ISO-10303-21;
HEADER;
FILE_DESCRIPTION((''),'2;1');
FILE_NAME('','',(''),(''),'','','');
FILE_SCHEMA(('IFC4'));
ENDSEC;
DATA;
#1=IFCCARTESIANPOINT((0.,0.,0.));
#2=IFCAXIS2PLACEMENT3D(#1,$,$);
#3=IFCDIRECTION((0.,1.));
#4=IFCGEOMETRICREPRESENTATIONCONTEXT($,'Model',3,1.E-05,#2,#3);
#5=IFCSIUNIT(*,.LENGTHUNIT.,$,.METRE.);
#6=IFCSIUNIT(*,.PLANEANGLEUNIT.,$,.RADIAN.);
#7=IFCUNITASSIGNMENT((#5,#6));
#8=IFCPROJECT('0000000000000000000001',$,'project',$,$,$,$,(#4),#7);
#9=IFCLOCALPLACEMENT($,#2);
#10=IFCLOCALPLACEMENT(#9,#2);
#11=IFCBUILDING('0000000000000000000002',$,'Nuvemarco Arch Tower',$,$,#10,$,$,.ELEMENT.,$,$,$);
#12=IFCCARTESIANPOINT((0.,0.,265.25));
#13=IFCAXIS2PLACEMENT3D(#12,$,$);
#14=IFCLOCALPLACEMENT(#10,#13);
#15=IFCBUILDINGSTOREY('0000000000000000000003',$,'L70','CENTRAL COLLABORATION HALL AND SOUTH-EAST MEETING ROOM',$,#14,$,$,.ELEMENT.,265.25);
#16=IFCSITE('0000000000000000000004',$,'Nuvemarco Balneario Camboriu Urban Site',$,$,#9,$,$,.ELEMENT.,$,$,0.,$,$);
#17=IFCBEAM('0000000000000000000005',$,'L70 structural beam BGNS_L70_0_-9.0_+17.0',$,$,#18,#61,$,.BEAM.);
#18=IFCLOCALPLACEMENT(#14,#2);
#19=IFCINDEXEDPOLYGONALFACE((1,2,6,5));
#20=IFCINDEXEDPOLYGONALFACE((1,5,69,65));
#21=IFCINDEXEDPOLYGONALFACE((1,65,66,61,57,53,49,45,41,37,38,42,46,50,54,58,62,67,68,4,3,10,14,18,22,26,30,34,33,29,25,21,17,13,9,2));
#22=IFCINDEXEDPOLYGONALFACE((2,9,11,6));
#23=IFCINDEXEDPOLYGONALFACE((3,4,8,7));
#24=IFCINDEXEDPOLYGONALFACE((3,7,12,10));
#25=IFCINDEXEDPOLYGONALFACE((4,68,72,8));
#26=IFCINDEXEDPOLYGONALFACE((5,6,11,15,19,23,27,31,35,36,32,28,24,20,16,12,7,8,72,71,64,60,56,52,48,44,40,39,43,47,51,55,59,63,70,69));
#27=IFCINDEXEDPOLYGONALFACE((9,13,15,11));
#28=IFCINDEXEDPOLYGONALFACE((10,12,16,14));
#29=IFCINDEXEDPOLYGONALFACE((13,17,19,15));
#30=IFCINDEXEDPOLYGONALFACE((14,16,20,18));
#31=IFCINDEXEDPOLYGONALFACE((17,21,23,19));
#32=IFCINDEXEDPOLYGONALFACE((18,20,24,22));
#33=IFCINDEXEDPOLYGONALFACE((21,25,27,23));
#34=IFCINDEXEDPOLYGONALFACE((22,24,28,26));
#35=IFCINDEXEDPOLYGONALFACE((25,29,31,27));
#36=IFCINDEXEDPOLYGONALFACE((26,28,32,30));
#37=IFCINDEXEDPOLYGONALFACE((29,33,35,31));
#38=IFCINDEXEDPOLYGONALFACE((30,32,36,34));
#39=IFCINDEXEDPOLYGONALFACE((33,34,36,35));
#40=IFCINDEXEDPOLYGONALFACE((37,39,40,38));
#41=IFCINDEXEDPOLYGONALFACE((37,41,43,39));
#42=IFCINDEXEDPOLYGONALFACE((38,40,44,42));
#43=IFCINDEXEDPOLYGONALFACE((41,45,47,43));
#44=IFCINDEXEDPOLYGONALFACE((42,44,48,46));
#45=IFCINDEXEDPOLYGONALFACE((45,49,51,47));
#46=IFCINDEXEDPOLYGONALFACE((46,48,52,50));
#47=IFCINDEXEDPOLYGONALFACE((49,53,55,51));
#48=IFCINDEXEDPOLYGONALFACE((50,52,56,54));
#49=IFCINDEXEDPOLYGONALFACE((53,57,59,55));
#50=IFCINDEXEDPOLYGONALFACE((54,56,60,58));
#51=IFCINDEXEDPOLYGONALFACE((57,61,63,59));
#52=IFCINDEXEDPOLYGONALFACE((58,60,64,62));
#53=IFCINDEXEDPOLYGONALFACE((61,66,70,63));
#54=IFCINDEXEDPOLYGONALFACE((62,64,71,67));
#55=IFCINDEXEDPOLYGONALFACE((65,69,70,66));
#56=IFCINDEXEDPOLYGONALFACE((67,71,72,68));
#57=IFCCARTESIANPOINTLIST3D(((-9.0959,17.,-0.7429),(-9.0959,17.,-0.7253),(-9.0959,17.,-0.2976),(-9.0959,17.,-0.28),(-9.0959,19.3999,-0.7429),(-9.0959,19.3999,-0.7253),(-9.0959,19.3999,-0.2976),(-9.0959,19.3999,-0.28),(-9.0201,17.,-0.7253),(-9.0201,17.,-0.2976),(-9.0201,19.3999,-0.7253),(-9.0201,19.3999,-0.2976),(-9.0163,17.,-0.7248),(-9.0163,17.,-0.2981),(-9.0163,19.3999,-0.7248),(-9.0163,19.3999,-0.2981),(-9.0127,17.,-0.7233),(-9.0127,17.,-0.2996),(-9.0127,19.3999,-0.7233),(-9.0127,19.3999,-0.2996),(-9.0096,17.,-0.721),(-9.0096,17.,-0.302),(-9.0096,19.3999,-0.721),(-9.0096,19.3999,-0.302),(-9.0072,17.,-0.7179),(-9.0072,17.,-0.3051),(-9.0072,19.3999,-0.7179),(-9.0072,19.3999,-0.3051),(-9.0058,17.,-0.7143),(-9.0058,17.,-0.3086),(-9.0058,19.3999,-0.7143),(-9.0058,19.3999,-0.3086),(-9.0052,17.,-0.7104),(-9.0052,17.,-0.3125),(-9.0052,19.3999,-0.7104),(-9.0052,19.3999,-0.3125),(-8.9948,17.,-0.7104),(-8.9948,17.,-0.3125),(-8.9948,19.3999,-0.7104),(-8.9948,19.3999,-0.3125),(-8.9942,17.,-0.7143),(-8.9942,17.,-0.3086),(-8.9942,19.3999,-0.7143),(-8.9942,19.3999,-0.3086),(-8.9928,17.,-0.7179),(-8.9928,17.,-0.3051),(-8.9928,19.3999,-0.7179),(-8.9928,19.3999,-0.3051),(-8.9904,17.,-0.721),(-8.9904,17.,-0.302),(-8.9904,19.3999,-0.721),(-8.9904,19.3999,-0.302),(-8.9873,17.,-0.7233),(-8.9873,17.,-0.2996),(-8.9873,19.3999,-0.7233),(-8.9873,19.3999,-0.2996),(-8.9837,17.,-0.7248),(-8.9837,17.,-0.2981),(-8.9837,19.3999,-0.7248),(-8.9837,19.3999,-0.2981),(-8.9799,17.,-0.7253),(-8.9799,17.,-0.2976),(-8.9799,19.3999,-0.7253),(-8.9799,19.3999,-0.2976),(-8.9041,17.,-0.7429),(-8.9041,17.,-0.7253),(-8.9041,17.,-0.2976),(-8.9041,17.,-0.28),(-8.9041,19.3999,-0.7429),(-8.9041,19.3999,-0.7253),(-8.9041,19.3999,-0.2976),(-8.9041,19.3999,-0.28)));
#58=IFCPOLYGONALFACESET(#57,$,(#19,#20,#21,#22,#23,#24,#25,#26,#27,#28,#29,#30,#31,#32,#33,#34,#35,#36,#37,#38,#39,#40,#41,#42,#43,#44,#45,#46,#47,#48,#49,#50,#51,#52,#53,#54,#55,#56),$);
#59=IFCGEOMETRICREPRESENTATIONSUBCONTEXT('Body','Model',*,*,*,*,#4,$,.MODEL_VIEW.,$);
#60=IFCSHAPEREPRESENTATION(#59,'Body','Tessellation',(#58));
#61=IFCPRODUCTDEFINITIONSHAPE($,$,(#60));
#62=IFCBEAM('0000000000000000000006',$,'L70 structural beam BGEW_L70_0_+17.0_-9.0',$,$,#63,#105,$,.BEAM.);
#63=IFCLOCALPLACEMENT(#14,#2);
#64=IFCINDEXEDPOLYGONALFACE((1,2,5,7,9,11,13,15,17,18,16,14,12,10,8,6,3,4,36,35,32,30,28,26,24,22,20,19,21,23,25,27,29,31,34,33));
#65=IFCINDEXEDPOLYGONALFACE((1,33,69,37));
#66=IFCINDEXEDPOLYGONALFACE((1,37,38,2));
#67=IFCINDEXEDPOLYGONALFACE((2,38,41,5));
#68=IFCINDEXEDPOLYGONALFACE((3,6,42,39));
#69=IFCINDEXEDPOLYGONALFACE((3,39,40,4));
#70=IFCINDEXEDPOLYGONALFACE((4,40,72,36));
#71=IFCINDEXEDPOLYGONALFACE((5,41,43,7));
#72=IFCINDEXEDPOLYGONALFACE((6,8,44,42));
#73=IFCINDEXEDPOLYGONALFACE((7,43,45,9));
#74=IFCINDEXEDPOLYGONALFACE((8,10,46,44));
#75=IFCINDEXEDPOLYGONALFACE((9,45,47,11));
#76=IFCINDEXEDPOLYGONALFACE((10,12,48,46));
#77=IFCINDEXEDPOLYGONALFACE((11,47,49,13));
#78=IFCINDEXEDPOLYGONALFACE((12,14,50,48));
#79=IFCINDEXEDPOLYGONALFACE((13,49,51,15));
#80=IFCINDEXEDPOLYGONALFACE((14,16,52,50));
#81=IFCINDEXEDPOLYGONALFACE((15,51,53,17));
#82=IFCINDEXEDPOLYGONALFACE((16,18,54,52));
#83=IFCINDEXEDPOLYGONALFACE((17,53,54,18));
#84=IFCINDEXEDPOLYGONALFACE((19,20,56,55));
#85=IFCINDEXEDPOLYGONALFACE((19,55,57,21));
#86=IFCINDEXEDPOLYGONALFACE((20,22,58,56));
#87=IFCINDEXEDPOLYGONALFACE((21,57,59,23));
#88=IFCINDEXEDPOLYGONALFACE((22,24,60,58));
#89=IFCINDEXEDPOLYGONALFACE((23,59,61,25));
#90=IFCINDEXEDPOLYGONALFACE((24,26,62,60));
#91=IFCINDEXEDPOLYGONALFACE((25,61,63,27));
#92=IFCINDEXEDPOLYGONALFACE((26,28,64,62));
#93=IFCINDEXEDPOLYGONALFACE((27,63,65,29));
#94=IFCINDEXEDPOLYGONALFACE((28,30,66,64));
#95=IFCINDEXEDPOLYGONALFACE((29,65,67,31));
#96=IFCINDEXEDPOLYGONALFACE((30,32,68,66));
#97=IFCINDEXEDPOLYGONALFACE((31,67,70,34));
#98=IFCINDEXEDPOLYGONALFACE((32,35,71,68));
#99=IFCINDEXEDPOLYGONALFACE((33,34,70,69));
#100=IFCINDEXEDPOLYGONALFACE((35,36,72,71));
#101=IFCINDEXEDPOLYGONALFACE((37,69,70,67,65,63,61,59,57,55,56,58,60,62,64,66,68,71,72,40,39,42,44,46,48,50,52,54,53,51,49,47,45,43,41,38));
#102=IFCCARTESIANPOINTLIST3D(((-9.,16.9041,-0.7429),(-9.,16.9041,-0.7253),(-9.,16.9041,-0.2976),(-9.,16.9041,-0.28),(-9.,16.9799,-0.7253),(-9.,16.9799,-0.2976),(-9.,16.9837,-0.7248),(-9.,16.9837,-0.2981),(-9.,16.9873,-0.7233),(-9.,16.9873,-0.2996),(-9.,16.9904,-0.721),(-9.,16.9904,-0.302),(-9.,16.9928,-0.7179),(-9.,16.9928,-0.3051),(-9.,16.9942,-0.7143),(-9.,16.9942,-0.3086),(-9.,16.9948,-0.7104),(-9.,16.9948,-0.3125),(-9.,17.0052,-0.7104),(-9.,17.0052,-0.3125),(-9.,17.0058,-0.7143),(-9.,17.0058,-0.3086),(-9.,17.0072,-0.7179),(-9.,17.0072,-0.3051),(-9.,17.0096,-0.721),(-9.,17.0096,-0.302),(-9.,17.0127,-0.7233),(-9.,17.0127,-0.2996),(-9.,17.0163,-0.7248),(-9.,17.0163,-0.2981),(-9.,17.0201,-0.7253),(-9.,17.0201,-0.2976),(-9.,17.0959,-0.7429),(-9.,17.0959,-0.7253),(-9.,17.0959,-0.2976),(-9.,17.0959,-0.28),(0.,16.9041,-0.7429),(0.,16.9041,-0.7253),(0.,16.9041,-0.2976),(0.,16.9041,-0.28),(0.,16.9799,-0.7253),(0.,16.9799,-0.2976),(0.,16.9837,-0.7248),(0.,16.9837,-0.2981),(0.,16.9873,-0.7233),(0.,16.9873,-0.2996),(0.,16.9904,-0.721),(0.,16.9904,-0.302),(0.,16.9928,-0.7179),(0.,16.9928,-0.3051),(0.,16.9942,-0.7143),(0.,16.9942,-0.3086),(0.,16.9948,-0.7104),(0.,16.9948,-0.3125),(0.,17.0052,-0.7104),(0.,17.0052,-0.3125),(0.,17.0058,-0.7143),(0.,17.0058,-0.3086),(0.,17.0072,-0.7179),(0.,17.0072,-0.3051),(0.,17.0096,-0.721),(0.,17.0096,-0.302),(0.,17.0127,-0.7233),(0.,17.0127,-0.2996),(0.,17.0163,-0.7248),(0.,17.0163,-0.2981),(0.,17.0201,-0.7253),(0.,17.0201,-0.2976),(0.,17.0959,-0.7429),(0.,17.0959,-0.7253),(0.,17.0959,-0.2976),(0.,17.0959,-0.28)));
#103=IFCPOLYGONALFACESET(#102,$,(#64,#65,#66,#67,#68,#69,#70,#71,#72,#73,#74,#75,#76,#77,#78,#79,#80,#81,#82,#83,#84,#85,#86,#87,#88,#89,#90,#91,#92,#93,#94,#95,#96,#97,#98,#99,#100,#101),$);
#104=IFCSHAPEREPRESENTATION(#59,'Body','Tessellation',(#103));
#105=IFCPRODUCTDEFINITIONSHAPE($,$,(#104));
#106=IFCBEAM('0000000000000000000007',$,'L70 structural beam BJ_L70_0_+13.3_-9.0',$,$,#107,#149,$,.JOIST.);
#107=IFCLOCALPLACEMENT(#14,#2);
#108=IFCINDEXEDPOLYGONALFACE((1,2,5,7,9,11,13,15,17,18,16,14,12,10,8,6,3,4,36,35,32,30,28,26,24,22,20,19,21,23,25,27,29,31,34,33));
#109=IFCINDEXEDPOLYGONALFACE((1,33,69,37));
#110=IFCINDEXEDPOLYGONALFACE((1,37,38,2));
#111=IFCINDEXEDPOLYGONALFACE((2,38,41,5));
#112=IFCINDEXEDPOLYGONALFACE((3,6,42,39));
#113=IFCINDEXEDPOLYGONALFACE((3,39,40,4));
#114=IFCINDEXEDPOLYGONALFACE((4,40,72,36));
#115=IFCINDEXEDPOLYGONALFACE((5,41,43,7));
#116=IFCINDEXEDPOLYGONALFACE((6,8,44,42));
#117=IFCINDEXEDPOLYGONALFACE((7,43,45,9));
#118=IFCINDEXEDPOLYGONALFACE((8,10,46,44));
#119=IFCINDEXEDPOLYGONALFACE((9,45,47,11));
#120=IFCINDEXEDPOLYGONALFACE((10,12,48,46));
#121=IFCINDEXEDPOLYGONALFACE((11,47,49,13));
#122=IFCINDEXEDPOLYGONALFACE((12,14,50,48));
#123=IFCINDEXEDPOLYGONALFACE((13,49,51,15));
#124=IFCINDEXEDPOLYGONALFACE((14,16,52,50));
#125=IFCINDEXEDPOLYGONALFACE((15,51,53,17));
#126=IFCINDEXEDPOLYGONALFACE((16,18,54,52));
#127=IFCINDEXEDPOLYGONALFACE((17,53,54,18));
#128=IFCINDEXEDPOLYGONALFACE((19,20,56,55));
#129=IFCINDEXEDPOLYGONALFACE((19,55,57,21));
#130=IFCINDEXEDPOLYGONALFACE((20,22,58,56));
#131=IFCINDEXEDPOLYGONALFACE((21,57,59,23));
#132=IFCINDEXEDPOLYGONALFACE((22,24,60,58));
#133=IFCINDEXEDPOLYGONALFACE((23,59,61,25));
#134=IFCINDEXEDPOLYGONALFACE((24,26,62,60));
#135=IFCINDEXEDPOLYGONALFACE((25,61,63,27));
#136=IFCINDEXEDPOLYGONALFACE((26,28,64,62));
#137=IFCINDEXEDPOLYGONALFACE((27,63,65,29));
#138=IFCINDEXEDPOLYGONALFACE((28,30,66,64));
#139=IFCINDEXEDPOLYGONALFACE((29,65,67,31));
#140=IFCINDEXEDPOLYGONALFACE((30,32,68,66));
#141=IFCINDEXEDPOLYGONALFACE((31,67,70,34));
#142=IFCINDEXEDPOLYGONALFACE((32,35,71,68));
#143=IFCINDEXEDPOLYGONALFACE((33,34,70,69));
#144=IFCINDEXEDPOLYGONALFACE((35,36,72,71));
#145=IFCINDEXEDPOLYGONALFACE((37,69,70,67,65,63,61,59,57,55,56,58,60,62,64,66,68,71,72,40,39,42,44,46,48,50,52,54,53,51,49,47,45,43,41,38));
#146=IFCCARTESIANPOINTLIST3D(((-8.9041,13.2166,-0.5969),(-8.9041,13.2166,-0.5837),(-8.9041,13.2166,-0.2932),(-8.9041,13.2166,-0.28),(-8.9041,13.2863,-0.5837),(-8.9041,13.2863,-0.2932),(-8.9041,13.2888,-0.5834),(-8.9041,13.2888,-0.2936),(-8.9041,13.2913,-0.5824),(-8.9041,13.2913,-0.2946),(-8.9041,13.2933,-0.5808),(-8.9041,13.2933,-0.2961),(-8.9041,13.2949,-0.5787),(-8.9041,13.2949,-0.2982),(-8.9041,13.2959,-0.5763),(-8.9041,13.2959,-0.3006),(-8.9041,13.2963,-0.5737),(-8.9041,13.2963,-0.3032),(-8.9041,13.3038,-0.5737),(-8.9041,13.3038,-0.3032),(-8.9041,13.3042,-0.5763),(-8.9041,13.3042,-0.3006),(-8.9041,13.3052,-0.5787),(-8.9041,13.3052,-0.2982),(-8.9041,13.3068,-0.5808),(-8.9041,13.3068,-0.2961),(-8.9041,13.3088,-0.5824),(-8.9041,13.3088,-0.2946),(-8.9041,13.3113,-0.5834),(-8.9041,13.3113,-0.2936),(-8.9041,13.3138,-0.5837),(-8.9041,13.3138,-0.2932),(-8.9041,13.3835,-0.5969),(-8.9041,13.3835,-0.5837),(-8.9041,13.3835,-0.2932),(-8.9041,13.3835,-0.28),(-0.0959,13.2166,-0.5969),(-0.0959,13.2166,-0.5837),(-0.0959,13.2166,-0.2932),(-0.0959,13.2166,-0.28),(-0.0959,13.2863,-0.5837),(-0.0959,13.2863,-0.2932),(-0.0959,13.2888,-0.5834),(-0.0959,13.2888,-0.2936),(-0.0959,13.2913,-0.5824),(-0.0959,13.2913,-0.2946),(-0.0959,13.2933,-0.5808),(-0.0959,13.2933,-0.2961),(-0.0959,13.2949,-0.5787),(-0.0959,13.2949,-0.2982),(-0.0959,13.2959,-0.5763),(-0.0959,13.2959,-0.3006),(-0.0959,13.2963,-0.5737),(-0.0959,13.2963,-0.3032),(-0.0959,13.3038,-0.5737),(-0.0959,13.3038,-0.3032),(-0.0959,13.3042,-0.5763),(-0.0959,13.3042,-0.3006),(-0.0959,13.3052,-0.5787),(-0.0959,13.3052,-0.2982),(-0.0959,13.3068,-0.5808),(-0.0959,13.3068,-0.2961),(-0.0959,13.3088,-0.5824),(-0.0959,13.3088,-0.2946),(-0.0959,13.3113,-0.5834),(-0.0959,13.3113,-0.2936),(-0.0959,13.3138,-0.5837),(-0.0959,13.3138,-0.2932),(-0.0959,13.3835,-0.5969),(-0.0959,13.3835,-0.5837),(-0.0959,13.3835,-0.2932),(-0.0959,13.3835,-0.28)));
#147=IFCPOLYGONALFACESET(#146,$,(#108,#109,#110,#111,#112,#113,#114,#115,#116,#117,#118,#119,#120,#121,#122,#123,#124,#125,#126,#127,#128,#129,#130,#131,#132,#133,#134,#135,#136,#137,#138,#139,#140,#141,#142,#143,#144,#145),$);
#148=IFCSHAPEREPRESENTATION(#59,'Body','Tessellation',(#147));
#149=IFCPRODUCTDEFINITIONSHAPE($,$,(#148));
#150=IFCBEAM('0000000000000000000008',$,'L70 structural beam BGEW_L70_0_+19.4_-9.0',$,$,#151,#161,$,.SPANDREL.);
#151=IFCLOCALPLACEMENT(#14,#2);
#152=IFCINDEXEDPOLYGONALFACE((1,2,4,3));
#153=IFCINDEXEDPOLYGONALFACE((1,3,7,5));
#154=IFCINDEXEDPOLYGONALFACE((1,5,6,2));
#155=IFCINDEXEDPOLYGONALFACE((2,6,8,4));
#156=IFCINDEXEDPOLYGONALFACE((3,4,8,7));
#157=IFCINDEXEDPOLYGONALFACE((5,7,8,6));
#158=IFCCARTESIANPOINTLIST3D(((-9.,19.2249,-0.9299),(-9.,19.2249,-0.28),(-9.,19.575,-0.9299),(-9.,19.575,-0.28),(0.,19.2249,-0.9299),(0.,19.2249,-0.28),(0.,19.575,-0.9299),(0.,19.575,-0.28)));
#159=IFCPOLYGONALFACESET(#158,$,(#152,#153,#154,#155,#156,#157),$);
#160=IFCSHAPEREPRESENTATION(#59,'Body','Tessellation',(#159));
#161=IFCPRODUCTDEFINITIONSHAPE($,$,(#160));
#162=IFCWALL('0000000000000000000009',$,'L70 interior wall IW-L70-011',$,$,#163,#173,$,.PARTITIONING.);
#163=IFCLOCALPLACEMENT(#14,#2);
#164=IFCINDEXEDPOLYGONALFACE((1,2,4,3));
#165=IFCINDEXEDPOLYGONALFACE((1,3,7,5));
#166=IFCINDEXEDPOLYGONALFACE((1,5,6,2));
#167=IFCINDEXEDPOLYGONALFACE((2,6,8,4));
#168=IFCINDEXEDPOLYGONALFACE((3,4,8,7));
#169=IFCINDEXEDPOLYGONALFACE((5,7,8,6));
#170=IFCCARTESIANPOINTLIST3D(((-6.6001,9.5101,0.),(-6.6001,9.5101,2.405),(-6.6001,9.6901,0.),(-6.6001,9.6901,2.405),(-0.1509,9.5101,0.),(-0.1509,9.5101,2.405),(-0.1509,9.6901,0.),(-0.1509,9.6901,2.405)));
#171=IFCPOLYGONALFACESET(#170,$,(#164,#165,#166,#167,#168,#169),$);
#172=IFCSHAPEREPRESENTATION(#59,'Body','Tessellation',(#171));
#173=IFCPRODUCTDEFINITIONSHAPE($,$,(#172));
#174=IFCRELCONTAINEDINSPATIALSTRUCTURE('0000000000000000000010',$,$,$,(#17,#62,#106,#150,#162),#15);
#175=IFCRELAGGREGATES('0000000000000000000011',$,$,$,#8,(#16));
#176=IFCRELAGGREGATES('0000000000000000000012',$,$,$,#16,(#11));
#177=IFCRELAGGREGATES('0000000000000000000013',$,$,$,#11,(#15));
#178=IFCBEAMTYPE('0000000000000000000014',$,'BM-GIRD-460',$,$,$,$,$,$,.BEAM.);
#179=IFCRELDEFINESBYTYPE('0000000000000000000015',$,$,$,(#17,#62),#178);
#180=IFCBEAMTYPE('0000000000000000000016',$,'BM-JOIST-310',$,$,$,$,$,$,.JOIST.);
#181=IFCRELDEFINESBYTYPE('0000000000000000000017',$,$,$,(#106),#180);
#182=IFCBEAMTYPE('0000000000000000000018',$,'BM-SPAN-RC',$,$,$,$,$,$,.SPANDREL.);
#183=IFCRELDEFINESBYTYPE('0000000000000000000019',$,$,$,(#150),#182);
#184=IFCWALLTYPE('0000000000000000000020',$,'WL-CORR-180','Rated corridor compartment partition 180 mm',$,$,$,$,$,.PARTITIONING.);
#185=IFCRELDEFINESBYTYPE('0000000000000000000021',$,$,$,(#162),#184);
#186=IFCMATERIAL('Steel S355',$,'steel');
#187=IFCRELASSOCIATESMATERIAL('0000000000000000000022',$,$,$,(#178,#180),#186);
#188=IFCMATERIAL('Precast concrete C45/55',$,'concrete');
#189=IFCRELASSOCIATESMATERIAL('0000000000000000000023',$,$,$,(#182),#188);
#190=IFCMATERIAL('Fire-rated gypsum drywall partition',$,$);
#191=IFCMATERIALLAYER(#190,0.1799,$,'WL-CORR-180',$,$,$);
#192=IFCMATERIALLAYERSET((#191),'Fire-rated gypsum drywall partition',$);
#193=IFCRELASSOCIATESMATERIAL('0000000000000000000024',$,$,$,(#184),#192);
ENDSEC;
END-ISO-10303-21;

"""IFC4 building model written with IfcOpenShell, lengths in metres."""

from ifc_helpers import new_model, si_unit, direction, frame, frame_2d, origin, origin_2d, place, context, subcontext, project, spatial, rectangle, i_section, extrude, material, layer, layer_set, material_profile, profile_set, type_object, element, save


model = new_model("IFC4")

# Units and contexts
model_context = context("Model", 3, precision=1e-05, world=origin(), true_north=direction((0.0, 1.0)))
body_context = subcontext(model_context, "Body", "Model", "MODEL_VIEW")
ifc_project = project(units=[si_unit("LENGTHUNIT", "METRE"), si_unit("PLANEANGLEUNIT", "RADIAN")], contexts=[model_context])

# Site, building, storey
site_placement = place(None, origin())
site = spatial("IfcSite", under=ifc_project, at=site_placement, Name="Nuvemarco Balneario Camboriu Urban Site", CompositionType="ELEMENT", RefElevation=0.0)
building_placement = place(site_placement, origin())
building = spatial("IfcBuilding", under=site, at=building_placement, Name="Nuvemarco Arch Tower", CompositionType="ELEMENT")
storey_placement = place(building_placement, frame((0.0, 0.0, 265.25)))
storey = spatial("IfcBuildingStorey", under=building, at=storey_placement, Name="L70", Description="CENTRAL COLLABORATION HALL AND SOUTH-EAST MEETING ROOM", CompositionType="ELEMENT", Elevation=265.25)

# Shared definitions
ifc_material_1 = material(Name="Steel S355", Category="steel")

# Beams
ifc_material_profile_1 = material_profile(ifc_material_1, i_section(OverallWidth=0.1919, OverallDepth=0.4629, WebThickness=0.0105, FlangeThickness=0.0176, FilletRadius=0.0149, at=origin_2d()), Name="W460x89")
ifc_profile_set_1 = profile_set([ifc_material_profile_1], Name="Steel S355")
beam_type_1 = type_object("IfcBeamType", Name="BM-GIRD-460", PredefinedType="BEAM", material=ifc_profile_set_1)
beam_1_placement = place(storey_placement, frame((-9.0, 17.0, -0.5115), z_axis=(0.0, 1.0, 0.0), x_axis=(-1.0, 0.0, 0.0)))
element("IfcBeam", 1, at=beam_1_placement, inside=storey, type_object=beam_type_1, Name="L70 structural beam BGNS_L70_0_-9.0_+17.0", PredefinedType="BEAM", context=body_context, shape_type="SweptSolid", body=[
    extrude(i_section(OverallWidth=0.1919, OverallDepth=0.4629, WebThickness=0.0105, FlangeThickness=0.0176, FilletRadius=0.0149, at=origin_2d()), origin(), (0.0, 0.0, 1.0), 2.3999),
])
beam_2_placement = place(storey_placement, frame((-9.0, 17.0, -0.5115), z_axis=(1.0, 0.0, 0.0), x_axis=(0.0, 1.0, 0.0)))
element("IfcBeam", 2, at=beam_2_placement, inside=storey, type_object=beam_type_1, Name="L70 structural beam BGEW_L70_0_+17.0_-9.0", PredefinedType="BEAM", context=body_context, shape_type="SweptSolid", body=[
    extrude(i_section(OverallWidth=0.1919, OverallDepth=0.4629, WebThickness=0.0105, FlangeThickness=0.0176, FilletRadius=0.0149, at=origin_2d()), origin(), (0.0, 0.0, 1.0), 9.0),
])
ifc_material_profile_2 = material_profile(ifc_material_1, i_section(OverallWidth=0.167, OverallDepth=0.3169, WebThickness=0.0076, FlangeThickness=0.0132, FilletRadius=0.01, at=origin_2d()), Name="W310x52")
ifc_profile_set_2 = profile_set([ifc_material_profile_2], Name="Steel S355")
beam_type_2 = type_object("IfcBeamType", Name="BM-JOIST-310", PredefinedType="JOIST", material=ifc_profile_set_2)
beam_3_placement = place(storey_placement, frame((-8.9041, 13.3, -0.4385), z_axis=(1.0, 0.0, 0.0), x_axis=(0.0, 1.0, 0.0)))
element("IfcBeam", 3, at=beam_3_placement, inside=storey, type_object=beam_type_2, Name="L70 structural beam BJ_L70_0_+13.3_-9.0", PredefinedType="JOIST", context=body_context, shape_type="SweptSolid", body=[
    extrude(i_section(OverallWidth=0.167, OverallDepth=0.3169, WebThickness=0.0076, FlangeThickness=0.0132, FilletRadius=0.01, at=origin_2d()), origin(), (0.0, 0.0, 1.0), 8.8081),
])
ifc_material_2 = material(Name="Precast concrete C45/55", Category="concrete")
ifc_material_profile_3 = material_profile(ifc_material_2, rectangle(XDim=0.3501, YDim=0.6499, at=origin_2d()), Name="PC-SP-350x650")
ifc_profile_set_3 = profile_set([ifc_material_profile_3], Name="Precast concrete C45/55")
beam_type_3 = type_object("IfcBeamType", Name="BM-SPAN-RC", PredefinedType="SPANDREL", material=ifc_profile_set_3)
beam_4_placement = place(storey_placement, frame((-9.0, 19.3999, -0.605), z_axis=(1.0, 0.0, 0.0), x_axis=(0.0, 1.0, 0.0)))
element("IfcBeam", 4, at=beam_4_placement, inside=storey, type_object=beam_type_3, Name="L70 structural beam BGEW_L70_0_+19.4_-9.0", PredefinedType="SPANDREL", context=body_context, shape_type="SweptSolid", body=[
    extrude(rectangle(XDim=0.3501, YDim=0.6499, at=origin_2d()), origin(), (0.0, 0.0, 1.0), 9.0),
])

# Wall
ifc_material_3 = material(Name="Fire-rated gypsum drywall partition")
ifc_layer_1 = layer(ifc_material_3, 0.1799, Name="WL-CORR-180")
ifc_layer_set_1 = layer_set([ifc_layer_1], Name="Fire-rated gypsum drywall partition")
wall_type_1 = type_object("IfcWallType", Name="WL-CORR-180", Description="Rated corridor compartment partition 180 mm", PredefinedType="PARTITIONING", material=ifc_layer_set_1)
wall_1_placement = place(storey_placement, frame((-6.6001, 9.6001, 0.0), z_axis=(0.0, 0.0, 1.0), x_axis=(1.0, 0.0, 0.0)))
element("IfcWall", 5, at=wall_1_placement, inside=storey, type_object=wall_type_1, Name="L70 interior wall IW-L70-011", PredefinedType="PARTITIONING", context=body_context, shape_type="SweptSolid", body=[
    extrude(rectangle(XDim=6.4492, YDim=0.1799, at=frame_2d((3.2246, 0.0))), origin(), (0.0, 0.0, 1.0), 2.405),
])

save(model, "model.ifc")
